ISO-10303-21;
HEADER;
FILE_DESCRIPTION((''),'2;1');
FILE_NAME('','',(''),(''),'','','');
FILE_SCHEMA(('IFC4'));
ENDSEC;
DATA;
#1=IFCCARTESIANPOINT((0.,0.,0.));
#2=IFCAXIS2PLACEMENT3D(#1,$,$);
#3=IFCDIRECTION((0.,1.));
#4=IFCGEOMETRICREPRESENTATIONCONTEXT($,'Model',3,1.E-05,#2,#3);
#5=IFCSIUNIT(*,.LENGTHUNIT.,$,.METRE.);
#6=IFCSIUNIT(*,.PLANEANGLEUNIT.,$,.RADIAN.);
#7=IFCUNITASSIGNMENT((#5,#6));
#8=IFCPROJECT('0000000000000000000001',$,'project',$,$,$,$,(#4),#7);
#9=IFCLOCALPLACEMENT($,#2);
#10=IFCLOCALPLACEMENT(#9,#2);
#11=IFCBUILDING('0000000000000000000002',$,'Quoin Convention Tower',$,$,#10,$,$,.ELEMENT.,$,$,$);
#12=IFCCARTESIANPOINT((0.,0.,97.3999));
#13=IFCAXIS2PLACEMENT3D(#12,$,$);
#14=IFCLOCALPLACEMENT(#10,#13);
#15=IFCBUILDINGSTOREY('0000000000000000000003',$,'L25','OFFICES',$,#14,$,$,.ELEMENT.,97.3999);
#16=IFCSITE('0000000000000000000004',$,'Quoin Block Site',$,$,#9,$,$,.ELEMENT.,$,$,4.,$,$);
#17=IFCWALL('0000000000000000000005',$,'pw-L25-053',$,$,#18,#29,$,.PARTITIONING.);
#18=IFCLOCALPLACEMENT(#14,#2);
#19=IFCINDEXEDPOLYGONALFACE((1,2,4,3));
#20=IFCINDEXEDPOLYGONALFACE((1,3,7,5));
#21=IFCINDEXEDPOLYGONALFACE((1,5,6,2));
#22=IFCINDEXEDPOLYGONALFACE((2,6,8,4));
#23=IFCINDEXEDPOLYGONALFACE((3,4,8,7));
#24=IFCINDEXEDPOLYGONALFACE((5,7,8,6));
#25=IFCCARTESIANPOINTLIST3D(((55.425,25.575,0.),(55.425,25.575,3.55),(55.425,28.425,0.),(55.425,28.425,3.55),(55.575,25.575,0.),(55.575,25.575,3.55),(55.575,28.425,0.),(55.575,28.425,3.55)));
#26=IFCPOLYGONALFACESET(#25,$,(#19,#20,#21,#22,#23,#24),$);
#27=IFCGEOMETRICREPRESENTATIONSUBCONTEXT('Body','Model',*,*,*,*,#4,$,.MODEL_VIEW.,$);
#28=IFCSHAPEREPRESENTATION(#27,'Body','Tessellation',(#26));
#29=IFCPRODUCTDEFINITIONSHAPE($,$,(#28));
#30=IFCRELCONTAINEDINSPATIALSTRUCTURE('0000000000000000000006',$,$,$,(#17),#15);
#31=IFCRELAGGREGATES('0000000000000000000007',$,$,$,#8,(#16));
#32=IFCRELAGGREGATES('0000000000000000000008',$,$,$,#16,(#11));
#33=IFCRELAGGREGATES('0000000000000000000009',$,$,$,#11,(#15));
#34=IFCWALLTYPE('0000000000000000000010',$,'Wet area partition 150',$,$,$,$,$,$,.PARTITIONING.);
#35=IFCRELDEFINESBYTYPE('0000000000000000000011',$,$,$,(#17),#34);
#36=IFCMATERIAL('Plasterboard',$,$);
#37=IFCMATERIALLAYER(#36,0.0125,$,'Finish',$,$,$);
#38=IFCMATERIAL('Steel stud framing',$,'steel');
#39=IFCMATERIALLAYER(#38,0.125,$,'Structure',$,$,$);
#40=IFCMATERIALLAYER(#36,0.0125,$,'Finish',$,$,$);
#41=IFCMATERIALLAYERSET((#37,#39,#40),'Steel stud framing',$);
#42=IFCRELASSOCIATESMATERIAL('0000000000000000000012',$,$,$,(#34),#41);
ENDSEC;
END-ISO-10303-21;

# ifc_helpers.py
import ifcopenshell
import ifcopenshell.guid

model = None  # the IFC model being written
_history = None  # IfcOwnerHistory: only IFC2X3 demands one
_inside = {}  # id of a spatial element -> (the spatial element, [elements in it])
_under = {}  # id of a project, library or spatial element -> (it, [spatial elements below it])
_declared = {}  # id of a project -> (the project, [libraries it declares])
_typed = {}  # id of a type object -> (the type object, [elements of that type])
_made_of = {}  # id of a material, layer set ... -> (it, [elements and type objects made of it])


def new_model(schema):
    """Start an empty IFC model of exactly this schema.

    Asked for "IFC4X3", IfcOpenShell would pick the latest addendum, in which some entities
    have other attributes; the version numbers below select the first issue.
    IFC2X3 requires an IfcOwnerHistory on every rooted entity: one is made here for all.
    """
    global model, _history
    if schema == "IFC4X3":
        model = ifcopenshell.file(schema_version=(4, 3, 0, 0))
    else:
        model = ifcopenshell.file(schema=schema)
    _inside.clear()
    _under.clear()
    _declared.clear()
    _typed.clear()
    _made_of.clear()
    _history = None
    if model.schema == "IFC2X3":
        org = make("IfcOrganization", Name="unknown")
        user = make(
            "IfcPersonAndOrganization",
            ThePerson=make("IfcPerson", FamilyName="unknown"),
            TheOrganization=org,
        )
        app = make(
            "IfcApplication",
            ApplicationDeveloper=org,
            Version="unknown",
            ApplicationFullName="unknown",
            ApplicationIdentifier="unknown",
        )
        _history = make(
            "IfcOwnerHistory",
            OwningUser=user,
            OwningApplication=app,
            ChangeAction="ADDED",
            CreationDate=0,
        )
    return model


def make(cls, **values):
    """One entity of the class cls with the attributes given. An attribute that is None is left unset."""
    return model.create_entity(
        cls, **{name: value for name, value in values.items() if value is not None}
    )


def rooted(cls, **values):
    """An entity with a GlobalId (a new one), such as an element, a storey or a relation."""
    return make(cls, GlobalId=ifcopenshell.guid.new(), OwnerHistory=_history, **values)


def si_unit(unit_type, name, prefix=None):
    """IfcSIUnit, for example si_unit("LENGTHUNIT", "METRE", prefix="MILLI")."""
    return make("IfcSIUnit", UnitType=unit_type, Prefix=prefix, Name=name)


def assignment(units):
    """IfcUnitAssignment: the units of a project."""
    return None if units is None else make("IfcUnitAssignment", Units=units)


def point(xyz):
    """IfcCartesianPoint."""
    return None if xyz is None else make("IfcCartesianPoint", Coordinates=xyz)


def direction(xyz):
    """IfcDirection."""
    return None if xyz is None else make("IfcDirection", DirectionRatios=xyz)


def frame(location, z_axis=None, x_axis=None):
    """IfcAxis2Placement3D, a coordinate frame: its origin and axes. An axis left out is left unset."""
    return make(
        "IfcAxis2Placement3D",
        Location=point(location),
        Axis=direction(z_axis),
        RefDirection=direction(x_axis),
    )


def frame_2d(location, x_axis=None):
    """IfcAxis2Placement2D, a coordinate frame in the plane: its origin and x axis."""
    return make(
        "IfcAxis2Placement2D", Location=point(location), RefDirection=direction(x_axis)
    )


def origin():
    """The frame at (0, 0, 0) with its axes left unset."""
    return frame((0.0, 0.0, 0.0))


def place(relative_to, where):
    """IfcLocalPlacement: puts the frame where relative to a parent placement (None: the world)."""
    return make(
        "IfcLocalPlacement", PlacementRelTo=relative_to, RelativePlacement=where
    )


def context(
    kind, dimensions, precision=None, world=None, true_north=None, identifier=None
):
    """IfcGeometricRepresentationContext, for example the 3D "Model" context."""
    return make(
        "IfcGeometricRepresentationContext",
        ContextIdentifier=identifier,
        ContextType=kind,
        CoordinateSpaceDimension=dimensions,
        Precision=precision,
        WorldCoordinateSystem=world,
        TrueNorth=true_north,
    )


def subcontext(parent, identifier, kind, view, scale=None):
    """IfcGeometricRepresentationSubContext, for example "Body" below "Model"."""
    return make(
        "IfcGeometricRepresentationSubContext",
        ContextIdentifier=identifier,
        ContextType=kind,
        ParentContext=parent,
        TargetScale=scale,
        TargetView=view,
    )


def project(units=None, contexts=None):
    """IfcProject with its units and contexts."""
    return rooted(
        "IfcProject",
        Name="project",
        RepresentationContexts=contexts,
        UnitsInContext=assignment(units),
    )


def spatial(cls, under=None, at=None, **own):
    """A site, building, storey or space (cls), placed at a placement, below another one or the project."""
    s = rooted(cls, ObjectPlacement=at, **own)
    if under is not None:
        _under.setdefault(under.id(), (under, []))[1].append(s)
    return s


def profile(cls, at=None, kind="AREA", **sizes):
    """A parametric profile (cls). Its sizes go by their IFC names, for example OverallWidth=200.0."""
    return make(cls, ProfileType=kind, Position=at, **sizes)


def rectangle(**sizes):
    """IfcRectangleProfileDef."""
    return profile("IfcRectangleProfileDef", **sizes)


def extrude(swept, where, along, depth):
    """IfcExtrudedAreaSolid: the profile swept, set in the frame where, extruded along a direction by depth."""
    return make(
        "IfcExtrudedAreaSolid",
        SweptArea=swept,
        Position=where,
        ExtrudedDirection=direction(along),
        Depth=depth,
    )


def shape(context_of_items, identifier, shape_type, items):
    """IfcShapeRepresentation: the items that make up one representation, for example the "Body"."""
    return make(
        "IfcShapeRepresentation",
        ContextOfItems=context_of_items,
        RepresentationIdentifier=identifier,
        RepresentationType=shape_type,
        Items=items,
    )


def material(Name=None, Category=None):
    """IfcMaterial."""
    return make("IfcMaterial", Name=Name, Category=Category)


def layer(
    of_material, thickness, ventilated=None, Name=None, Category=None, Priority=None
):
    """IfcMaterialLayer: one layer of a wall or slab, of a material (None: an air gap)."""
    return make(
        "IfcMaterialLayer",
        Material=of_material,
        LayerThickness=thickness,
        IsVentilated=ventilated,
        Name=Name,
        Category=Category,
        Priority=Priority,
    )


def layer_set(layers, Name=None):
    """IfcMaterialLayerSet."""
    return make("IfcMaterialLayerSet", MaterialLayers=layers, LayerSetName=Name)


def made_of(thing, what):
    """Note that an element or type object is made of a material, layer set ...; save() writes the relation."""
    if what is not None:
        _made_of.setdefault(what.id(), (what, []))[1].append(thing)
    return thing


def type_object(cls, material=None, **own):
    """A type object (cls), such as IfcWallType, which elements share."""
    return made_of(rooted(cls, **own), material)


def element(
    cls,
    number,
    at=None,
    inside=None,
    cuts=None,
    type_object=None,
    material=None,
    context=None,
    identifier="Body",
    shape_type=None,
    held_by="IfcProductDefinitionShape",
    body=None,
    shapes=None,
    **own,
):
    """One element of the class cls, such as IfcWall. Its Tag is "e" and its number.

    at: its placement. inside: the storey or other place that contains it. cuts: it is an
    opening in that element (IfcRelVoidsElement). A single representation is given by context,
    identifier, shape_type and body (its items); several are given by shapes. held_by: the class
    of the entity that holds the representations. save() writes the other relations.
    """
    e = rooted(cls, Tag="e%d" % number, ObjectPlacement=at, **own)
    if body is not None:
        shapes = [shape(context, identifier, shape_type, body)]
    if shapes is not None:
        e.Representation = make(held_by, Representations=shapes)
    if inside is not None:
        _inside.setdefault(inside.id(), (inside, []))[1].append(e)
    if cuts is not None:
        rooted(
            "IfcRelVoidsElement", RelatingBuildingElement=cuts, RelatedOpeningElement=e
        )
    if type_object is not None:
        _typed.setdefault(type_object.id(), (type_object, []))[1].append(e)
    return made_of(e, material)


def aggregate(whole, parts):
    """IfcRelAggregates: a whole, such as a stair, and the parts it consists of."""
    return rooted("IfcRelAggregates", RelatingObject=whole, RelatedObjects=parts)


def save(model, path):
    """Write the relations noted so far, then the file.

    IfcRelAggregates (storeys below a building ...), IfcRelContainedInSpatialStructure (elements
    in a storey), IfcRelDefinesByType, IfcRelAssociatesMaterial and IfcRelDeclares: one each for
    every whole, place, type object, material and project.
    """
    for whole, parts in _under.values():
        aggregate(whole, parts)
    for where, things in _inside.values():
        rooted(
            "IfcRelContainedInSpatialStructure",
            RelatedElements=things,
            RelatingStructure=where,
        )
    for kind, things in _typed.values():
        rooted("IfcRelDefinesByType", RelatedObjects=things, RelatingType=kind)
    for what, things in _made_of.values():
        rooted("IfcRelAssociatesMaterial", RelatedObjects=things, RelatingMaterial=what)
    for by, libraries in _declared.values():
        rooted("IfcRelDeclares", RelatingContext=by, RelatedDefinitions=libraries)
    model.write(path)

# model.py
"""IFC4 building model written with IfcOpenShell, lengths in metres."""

from ifc_helpers import new_model, si_unit, direction, frame, frame_2d, origin, place, context, subcontext, project, spatial, rectangle, extrude, material, layer, layer_set, type_object, element, save


model = new_model("IFC4")

# Units and contexts
model_context = context("Model", 3, precision=1e-05, world=origin(), true_north=direction((0.0, 1.0)))
body_context = subcontext(model_context, "Body", "Model", "MODEL_VIEW")
ifc_project = project(units=[si_unit("LENGTHUNIT", "METRE"), si_unit("PLANEANGLEUNIT", "RADIAN")], contexts=[model_context])

# Site, building, storey
site_placement = place(None, origin())
site = spatial("IfcSite", under=ifc_project, at=site_placement, Name="Quoin Block Site", CompositionType="ELEMENT", RefElevation=4.0)
building_placement = place(site_placement, origin())
building = spatial("IfcBuilding", under=site, at=building_placement, Name="Quoin Convention Tower", CompositionType="ELEMENT")
storey_placement = place(building_placement, frame((0.0, 0.0, 97.3999)))
storey = spatial("IfcBuildingStorey", under=building, at=storey_placement, Name="L25", Description="OFFICES", CompositionType="ELEMENT", Elevation=97.3999)

# Shared definitions
ifc_material_1 = material(Name="Plasterboard")
ifc_material_2 = material(Name="Steel stud framing", Category="steel")

# Shared definitions
ifc_layer_1 = layer(ifc_material_1, 0.0125, Name="Finish")
ifc_layer_2 = layer(ifc_material_2, 0.125, Name="Structure")
ifc_layer_3 = layer(ifc_material_1, 0.0125, Name="Finish")
ifc_layer_set_1 = layer_set([ifc_layer_1, ifc_layer_2, ifc_layer_3], Name="Steel stud framing")
wall_type_1 = type_object("IfcWallType", Name="Wet area partition 150", PredefinedType="PARTITIONING", material=ifc_layer_set_1)

# Wall
wall_1_placement = place(storey_placement, frame((55.5, 25.575, 0.0), z_axis=(0.0, 0.0, 1.0), x_axis=(0.0, 1.0, 0.0)))
element("IfcWall", 1, at=wall_1_placement, inside=storey, type_object=wall_type_1, Name="pw-L25-053", PredefinedType="PARTITIONING", context=body_context, shape_type="SweptSolid", body=[
    extrude(rectangle(XDim=2.8501, YDim=0.1499, at=frame_2d((1.425, 0.0))), origin(), (0.0, 0.0, 1.0), 3.55),
])

save(model, "model.ifc")
